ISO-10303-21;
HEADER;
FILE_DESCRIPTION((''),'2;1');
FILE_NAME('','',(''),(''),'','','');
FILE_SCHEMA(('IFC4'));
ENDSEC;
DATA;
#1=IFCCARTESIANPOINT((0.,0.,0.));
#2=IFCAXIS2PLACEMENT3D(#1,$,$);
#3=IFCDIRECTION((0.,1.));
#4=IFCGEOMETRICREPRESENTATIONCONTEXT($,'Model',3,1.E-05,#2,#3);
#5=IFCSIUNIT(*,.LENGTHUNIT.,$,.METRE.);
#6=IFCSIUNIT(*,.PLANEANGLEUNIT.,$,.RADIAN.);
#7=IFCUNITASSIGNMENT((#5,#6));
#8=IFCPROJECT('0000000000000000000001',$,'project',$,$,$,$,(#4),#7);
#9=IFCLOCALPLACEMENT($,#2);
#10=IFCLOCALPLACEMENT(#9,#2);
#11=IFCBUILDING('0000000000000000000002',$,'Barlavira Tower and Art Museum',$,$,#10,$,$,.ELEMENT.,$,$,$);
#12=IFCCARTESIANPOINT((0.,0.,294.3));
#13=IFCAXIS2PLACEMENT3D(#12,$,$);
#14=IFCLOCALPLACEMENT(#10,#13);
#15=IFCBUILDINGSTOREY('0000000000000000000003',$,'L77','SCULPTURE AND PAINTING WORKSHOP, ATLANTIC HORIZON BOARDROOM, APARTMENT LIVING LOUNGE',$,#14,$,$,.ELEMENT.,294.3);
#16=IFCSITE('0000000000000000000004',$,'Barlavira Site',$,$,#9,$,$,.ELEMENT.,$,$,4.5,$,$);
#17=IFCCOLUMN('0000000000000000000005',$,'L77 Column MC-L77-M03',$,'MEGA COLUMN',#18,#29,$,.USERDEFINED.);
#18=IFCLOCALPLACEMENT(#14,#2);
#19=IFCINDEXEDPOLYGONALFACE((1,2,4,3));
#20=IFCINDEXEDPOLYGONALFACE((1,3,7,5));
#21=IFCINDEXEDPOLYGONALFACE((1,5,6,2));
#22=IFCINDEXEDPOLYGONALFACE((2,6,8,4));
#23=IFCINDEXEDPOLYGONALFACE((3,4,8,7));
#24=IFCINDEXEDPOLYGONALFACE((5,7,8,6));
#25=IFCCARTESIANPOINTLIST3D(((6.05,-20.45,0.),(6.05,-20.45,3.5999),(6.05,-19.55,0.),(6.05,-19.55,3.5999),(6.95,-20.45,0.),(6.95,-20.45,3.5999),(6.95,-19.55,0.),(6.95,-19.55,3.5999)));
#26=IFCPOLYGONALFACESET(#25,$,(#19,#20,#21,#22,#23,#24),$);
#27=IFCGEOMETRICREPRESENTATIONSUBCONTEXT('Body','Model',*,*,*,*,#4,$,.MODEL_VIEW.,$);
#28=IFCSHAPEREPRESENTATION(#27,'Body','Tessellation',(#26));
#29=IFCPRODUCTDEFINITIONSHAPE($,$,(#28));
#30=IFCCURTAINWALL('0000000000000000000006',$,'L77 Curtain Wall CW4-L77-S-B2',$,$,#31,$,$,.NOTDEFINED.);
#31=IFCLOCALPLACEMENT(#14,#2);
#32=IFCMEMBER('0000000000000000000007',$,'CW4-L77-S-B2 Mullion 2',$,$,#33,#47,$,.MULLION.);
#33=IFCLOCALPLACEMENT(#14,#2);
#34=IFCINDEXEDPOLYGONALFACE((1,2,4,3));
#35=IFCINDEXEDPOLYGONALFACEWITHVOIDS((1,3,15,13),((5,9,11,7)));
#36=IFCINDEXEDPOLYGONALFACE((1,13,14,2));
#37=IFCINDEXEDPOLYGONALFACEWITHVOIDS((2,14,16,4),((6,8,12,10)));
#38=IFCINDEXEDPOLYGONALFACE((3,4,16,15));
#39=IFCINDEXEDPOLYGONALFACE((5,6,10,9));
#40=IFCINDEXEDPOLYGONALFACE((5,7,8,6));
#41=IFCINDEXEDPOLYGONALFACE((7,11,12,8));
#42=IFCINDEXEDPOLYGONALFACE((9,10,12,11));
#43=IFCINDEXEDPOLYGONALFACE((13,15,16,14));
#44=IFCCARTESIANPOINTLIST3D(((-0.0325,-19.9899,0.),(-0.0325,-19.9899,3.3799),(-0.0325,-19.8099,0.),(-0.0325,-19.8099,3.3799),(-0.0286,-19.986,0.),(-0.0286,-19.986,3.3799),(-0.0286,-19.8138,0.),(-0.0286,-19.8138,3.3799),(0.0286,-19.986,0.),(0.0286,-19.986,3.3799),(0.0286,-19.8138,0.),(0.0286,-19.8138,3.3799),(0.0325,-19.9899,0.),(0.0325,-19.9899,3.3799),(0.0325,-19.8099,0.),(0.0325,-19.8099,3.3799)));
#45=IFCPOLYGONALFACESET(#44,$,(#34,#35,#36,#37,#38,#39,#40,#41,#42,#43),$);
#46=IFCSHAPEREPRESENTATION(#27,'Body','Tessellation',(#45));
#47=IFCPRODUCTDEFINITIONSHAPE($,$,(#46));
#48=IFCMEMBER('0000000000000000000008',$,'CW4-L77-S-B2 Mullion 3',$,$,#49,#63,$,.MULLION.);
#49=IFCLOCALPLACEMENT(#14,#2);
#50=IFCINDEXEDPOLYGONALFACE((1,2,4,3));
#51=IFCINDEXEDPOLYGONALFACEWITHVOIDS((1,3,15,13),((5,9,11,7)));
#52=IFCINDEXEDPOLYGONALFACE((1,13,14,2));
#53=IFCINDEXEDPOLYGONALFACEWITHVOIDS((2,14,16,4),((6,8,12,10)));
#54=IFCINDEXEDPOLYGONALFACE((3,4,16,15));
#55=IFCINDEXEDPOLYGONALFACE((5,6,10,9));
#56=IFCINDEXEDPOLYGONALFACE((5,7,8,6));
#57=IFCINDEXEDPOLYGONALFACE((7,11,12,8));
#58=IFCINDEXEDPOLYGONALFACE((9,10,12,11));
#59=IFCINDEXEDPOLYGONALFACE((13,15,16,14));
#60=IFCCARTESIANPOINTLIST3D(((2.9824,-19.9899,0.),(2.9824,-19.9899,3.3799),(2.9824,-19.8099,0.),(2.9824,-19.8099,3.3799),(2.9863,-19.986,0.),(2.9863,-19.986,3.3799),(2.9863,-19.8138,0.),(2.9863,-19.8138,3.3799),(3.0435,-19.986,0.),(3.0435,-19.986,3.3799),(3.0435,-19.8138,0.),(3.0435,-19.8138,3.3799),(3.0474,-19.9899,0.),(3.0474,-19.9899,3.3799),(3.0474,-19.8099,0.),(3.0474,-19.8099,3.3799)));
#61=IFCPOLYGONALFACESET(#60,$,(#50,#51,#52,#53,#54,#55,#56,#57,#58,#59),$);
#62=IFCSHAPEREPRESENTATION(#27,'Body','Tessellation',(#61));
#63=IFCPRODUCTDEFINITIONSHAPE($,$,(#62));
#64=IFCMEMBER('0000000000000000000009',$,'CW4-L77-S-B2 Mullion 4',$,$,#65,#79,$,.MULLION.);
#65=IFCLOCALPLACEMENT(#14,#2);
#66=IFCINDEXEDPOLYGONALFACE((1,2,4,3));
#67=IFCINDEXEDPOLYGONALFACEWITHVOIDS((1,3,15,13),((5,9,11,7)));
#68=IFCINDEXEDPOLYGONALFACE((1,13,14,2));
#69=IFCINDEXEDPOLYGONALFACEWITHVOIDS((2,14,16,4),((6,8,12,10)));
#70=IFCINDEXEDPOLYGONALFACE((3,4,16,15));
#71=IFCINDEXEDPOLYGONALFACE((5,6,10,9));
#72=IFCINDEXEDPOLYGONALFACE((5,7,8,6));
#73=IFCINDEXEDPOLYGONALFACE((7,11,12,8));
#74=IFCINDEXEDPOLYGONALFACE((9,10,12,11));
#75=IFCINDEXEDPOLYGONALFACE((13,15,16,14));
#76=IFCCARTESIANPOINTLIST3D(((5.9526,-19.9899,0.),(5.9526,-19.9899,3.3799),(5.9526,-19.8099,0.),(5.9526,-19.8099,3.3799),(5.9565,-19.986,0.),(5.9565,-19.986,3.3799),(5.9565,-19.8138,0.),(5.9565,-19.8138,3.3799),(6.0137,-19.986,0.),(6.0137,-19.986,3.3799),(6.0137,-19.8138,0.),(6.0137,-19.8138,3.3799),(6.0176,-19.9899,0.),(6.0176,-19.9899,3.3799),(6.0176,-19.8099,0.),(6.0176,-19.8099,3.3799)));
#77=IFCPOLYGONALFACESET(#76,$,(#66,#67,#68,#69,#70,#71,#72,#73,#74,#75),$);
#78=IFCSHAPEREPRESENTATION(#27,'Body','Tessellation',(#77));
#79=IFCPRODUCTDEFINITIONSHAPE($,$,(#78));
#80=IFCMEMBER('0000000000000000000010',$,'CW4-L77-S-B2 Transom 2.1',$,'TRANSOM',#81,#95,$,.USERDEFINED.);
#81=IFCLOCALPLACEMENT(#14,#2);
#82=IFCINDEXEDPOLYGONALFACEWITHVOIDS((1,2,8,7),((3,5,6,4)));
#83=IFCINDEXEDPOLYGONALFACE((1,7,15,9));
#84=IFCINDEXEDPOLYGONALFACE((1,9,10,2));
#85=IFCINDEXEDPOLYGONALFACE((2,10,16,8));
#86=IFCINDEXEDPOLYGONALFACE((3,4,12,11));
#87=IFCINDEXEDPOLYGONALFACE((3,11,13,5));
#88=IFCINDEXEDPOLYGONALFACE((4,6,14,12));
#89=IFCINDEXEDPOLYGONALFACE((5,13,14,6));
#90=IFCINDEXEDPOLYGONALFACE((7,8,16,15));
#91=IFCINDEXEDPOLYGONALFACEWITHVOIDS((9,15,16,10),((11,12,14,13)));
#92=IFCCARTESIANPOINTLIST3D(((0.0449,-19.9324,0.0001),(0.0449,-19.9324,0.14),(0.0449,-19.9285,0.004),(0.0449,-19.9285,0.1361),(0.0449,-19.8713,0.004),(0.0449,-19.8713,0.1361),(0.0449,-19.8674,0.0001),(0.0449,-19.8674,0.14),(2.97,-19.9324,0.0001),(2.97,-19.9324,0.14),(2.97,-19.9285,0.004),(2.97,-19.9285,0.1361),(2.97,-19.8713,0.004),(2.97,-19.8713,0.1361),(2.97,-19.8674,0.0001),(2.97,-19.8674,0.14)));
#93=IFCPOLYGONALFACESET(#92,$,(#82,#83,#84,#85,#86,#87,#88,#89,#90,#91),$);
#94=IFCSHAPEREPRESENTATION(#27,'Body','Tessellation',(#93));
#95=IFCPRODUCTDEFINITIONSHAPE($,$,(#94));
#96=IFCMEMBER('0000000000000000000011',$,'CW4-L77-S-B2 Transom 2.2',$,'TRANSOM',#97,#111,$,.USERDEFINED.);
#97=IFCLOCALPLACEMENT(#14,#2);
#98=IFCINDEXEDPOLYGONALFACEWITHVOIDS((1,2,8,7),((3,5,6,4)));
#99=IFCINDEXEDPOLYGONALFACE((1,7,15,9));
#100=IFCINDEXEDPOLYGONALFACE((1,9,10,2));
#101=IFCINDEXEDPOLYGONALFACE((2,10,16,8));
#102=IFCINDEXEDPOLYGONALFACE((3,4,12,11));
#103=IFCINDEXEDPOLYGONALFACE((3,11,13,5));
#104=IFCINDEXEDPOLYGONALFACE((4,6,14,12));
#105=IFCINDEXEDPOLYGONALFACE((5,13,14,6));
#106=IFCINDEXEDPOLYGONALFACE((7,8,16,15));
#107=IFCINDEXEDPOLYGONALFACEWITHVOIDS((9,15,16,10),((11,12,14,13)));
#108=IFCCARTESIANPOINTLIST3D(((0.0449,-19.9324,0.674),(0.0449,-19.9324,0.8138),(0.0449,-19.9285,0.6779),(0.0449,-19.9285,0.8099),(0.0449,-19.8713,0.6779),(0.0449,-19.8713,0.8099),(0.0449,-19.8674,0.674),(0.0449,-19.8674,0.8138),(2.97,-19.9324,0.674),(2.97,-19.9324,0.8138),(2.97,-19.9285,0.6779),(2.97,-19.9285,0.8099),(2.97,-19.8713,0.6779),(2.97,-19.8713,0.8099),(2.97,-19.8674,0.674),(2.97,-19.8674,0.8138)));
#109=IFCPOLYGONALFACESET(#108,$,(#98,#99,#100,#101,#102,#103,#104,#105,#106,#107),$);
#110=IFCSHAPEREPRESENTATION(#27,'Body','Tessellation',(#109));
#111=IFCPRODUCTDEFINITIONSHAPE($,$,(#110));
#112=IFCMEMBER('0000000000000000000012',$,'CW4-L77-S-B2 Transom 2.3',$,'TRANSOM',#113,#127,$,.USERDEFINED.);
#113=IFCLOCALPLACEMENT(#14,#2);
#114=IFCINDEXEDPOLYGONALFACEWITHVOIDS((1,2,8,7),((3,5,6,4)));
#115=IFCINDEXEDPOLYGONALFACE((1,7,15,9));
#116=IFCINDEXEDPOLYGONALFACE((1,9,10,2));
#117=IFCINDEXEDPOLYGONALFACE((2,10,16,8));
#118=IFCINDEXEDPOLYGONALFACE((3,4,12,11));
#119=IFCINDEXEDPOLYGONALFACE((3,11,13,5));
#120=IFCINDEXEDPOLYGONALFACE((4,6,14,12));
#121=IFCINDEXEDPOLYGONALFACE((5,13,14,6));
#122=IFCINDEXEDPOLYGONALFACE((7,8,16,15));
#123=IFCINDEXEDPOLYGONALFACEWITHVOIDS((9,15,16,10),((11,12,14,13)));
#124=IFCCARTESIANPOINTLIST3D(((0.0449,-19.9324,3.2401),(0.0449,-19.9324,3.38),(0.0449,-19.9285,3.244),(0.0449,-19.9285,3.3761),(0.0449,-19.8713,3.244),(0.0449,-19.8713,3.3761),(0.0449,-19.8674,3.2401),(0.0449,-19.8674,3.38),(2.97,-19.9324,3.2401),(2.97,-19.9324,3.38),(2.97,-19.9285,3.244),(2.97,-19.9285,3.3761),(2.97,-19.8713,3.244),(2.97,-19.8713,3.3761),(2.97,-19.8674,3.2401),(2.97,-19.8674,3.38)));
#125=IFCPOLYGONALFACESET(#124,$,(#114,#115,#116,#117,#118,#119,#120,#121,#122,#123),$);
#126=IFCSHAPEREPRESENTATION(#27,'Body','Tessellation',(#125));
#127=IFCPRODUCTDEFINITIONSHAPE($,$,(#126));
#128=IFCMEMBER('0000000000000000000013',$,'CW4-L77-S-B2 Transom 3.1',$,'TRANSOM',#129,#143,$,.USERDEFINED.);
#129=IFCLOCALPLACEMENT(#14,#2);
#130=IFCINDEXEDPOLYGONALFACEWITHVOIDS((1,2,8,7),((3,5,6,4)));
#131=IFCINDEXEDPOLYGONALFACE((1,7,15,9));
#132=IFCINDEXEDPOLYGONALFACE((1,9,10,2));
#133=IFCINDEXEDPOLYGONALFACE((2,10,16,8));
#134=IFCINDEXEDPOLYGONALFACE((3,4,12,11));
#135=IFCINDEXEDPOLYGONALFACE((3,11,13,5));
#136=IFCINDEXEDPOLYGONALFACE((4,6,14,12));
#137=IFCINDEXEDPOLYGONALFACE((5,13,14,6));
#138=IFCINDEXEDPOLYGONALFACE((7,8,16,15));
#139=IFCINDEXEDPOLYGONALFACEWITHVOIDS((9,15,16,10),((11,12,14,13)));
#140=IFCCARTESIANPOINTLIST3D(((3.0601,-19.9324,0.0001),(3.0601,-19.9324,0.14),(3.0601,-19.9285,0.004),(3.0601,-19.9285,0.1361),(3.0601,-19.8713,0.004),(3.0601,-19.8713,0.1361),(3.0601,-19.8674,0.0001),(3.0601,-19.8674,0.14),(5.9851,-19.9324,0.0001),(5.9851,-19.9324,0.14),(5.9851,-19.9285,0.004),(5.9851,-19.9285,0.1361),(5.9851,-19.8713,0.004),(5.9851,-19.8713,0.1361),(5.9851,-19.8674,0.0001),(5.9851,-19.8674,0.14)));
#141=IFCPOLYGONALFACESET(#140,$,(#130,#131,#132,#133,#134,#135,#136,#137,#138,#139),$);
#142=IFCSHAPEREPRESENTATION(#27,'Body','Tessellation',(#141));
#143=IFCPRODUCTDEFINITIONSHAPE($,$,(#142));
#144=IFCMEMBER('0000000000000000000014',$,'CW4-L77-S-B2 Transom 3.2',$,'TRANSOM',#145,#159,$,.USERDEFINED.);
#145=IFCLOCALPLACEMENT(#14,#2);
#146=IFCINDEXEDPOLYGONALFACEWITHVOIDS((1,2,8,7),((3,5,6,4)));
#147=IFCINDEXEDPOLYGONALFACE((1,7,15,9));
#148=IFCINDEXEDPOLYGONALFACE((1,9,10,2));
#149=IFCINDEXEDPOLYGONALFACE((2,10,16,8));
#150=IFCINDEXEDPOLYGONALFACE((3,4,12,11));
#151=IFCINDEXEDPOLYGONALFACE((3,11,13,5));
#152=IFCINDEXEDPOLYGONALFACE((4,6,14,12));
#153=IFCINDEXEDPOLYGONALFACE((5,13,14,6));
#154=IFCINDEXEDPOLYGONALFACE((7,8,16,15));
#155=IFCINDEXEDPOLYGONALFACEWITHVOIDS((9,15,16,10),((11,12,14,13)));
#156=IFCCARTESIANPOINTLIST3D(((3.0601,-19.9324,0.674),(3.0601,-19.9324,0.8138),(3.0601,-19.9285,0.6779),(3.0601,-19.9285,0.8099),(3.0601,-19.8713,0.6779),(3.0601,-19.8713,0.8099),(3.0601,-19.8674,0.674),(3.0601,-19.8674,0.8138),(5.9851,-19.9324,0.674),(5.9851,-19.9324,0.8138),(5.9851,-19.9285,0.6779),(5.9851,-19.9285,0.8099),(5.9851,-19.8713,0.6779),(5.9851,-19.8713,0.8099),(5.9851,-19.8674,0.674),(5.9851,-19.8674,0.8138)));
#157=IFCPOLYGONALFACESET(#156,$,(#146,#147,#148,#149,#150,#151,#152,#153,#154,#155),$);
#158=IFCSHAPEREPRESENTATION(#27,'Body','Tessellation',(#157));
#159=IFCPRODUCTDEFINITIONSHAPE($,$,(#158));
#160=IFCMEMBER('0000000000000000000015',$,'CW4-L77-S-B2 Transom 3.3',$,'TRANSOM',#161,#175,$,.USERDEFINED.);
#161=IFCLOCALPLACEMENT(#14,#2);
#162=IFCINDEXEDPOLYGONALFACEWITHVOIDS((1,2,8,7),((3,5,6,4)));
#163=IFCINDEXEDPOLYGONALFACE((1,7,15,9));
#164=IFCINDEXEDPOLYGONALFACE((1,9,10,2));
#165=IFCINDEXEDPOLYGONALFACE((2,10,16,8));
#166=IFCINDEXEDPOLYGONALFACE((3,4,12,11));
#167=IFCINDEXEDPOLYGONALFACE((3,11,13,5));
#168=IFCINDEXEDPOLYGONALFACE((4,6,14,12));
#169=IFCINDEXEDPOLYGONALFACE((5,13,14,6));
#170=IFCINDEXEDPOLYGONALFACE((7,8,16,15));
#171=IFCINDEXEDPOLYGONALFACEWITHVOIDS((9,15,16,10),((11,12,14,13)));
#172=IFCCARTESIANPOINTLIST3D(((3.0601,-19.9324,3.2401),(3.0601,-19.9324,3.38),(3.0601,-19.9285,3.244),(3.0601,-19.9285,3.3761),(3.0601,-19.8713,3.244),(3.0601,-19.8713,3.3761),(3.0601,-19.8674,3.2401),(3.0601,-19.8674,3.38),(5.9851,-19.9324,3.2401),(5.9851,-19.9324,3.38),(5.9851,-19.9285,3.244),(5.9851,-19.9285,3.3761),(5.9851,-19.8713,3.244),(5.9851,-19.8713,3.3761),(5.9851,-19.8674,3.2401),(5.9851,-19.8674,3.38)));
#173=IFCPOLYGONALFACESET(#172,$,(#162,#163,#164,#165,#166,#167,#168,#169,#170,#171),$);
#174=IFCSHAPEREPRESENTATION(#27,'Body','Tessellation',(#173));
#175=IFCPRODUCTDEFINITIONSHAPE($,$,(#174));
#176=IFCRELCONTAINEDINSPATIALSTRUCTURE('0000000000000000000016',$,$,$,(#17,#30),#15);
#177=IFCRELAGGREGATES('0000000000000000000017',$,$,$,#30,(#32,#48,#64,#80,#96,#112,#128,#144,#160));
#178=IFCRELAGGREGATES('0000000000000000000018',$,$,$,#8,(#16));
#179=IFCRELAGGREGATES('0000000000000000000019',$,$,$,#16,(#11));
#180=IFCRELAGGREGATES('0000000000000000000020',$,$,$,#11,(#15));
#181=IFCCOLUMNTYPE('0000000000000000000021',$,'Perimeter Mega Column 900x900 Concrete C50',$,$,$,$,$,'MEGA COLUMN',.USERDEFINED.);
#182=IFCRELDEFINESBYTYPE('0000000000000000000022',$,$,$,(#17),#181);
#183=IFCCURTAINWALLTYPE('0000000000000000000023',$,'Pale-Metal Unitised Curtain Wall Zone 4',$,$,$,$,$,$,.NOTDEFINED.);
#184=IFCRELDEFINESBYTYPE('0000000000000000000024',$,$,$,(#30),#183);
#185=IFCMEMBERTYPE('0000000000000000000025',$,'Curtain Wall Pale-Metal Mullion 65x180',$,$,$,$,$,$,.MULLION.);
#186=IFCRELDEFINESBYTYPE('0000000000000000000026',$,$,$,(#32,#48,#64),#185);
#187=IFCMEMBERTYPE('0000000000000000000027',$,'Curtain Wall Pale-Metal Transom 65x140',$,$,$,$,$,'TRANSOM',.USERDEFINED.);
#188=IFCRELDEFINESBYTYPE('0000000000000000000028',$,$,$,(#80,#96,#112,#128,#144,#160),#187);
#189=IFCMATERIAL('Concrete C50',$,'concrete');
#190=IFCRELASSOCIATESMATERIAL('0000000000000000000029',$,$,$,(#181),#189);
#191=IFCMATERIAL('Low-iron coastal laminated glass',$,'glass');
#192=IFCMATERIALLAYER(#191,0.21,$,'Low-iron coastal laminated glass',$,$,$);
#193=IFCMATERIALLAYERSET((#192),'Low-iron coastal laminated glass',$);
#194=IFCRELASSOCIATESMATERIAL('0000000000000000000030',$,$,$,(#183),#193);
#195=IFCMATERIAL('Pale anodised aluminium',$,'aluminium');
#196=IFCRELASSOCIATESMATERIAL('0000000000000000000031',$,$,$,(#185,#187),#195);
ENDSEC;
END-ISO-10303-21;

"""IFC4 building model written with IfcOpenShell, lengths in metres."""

from ifc_helpers import new_model, si_unit, direction, frame, origin, origin_2d, place, context, subcontext, project, spatial, rectangle, hollow_rectangle, extrude, material, layer, layer_set, material_profile, profile_set, type_object, element, aggregate, save


model = new_model("IFC4")

# Units and contexts
model_context = context("Model", 3, precision=1e-05, world=origin(), true_north=direction((0.0, 1.0)))
body_context = subcontext(model_context, "Body", "Model", "MODEL_VIEW")
ifc_project = project(units=[si_unit("LENGTHUNIT", "METRE"), si_unit("PLANEANGLEUNIT", "RADIAN")], contexts=[model_context])

# Site, building, storey
site_placement = place(None, origin())
site = spatial("IfcSite", under=ifc_project, at=site_placement, Name="Barlavira Site", CompositionType="ELEMENT", RefElevation=4.5)
building_placement = place(site_placement, origin())
building = spatial("IfcBuilding", under=site, at=building_placement, Name="Barlavira Tower and Art Museum", CompositionType="ELEMENT")
storey_placement = place(building_placement, frame((0.0, 0.0, 294.3)))
storey = spatial("IfcBuildingStorey", under=building, at=storey_placement, Name="L77", Description="SCULPTURE AND PAINTING WORKSHOP, ATLANTIC HORIZON BOARDROOM, APARTMENT LIVING LOUNGE", CompositionType="ELEMENT", Elevation=294.3)

# Column
ifc_material_1 = material(Name="Concrete C50", Category="concrete")
ifc_material_profile_1 = material_profile(ifc_material_1, rectangle(XDim=0.8999, YDim=0.8999, at=origin_2d()), Name="RC-COL 900x900")
ifc_profile_set_1 = profile_set([ifc_material_profile_1], Name="Concrete C50")
column_type = type_object("IfcColumnType", Name="Perimeter Mega Column 900x900 Concrete C50", ElementType="MEGA COLUMN", PredefinedType="USERDEFINED", material=ifc_profile_set_1)
column_placement = place(storey_placement, frame((6.5, -20.0, 0.0), z_axis=(0.0, 0.0, 1.0), x_axis=(1.0, 0.0, 0.0)))
element("IfcColumn", 1, at=column_placement, inside=storey, type_object=column_type, Name="L77 Column MC-L77-M03", ObjectType="MEGA COLUMN", PredefinedType="USERDEFINED", context=body_context, shape_type="SweptSolid", body=[
    extrude(rectangle(XDim=0.8999, YDim=0.8999, at=origin_2d()), origin(), (0.0, 0.0, 1.0), 3.5999),
])

# Curtain wall, members
ifc_material_2 = material(Name="Low-iron coastal laminated glass", Category="glass")
ifc_layer_1 = layer(ifc_material_2, 0.21, Name="Low-iron coastal laminated glass")
ifc_layer_set_1 = layer_set([ifc_layer_1], Name="Low-iron coastal laminated glass")
curtain_wall_type = type_object("IfcCurtainWallType", Name="Pale-Metal Unitised Curtain Wall Zone 4", PredefinedType="NOTDEFINED", material=ifc_layer_set_1)
curtain_wall_placement = place(storey_placement, origin())
curtain_wall = element("IfcCurtainWall", 2, at=curtain_wall_placement, inside=storey, type_object=curtain_wall_type, Name="L77 Curtain Wall CW4-L77-S-B2", PredefinedType="NOTDEFINED")
ifc_material_3 = material(Name="Pale anodised aluminium", Category="aluminium")
ifc_material_profile_2 = material_profile(ifc_material_3, hollow_rectangle(XDim=0.0649, YDim=0.1799, WallThickness=0.0039, at=origin_2d()), Name="ALU-MULL 65x180x4")
ifc_profile_set_2 = profile_set([ifc_material_profile_2], Name="Pale anodised aluminium")
member_type_1 = type_object("IfcMemberType", Name="Curtain Wall Pale-Metal Mullion 65x180", PredefinedType="MULLION", material=ifc_profile_set_2)
member_1_placement = place(storey_placement, frame((0.0, -19.8999, 0.0), z_axis=(0.0, 0.0, 1.0), x_axis=(1.0, 0.0, 0.0)))
member_1 = element("IfcMember", 3, at=member_1_placement, type_object=member_type_1, Name="CW4-L77-S-B2 Mullion 2", PredefinedType="MULLION", context=body_context, shape_type="SweptSolid", body=[
    extrude(hollow_rectangle(XDim=0.0649, YDim=0.1799, WallThickness=0.0039, at=origin_2d()), origin(), (0.0, 0.0, 1.0), 3.3799),
])
member_2_placement = place(storey_placement, frame((3.0149, -19.8999, 0.0), z_axis=(0.0, 0.0, 1.0), x_axis=(1.0, 0.0, 0.0)))
member_2 = element("IfcMember", 4, at=member_2_placement, type_object=member_type_1, Name="CW4-L77-S-B2 Mullion 3", PredefinedType="MULLION", context=body_context, shape_type="SweptSolid", body=[
    extrude(hollow_rectangle(XDim=0.0649, YDim=0.1799, WallThickness=0.0039, at=origin_2d()), origin(), (0.0, 0.0, 1.0), 3.3799),
])
member_3_placement = place(storey_placement, frame((5.9851, -19.8999, 0.0), z_axis=(0.0, 0.0, 1.0), x_axis=(1.0, 0.0, 0.0)))
member_3 = element("IfcMember", 5, at=member_3_placement, type_object=member_type_1, Name="CW4-L77-S-B2 Mullion 4", PredefinedType="MULLION", context=body_context, shape_type="SweptSolid", body=[
    extrude(hollow_rectangle(XDim=0.0649, YDim=0.1799, WallThickness=0.0039, at=origin_2d()), origin(), (0.0, 0.0, 1.0), 3.3799),
])
ifc_material_profile_3 = material_profile(ifc_material_3, hollow_rectangle(XDim=0.0649, YDim=0.1399, WallThickness=0.0039, at=origin_2d()), Name="ALU-TRAN 65x140x4")
ifc_profile_set_3 = profile_set([ifc_material_profile_3], Name="Pale anodised aluminium")
member_type_2 = type_object("IfcMemberType", Name="Curtain Wall Pale-Metal Transom 65x140", ElementType="TRANSOM", PredefinedType="USERDEFINED", material=ifc_profile_set_3)
member_4_placement = place(storey_placement, frame((0.0449, -19.8999, 0.0701), z_axis=(1.0, 0.0, 0.0), x_axis=(0.0, 1.0, 0.0)))
member_4 = element("IfcMember", 6, at=member_4_placement, type_object=member_type_2, Name="CW4-L77-S-B2 Transom 2.1", ObjectType="TRANSOM", PredefinedType="USERDEFINED", context=body_context, shape_type="SweptSolid", body=[
    extrude(hollow_rectangle(XDim=0.0649, YDim=0.1399, WallThickness=0.0039, at=origin_2d()), origin(), (0.0, 0.0, 1.0), 2.925),
])
member_5_placement = place(storey_placement, frame((0.0449, -19.8999, 0.7439), z_axis=(1.0, 0.0, 0.0), x_axis=(0.0, 1.0, 0.0)))
member_5 = element("IfcMember", 7, at=member_5_placement, type_object=member_type_2, Name="CW4-L77-S-B2 Transom 2.2", ObjectType="TRANSOM", PredefinedType="USERDEFINED", context=body_context, shape_type="SweptSolid", body=[
    extrude(hollow_rectangle(XDim=0.0649, YDim=0.1399, WallThickness=0.0039, at=origin_2d()), origin(), (0.0, 0.0, 1.0), 2.925),
])
member_6_placement = place(storey_placement, frame((0.0449, -19.8999, 3.3101), z_axis=(1.0, 0.0, 0.0), x_axis=(0.0, 1.0, 0.0)))
member_6 = element("IfcMember", 8, at=member_6_placement, type_object=member_type_2, Name="CW4-L77-S-B2 Transom 2.3", ObjectType="TRANSOM", PredefinedType="USERDEFINED", context=body_context, shape_type="SweptSolid", body=[
    extrude(hollow_rectangle(XDim=0.0649, YDim=0.1399, WallThickness=0.0039, at=origin_2d()), origin(), (0.0, 0.0, 1.0), 2.925),
])
member_7_placement = place(storey_placement, frame((3.0601, -19.8999, 0.0701), z_axis=(1.0, 0.0, 0.0), x_axis=(0.0, 1.0, 0.0)))
member_7 = element("IfcMember", 9, at=member_7_placement, type_object=member_type_2, Name="CW4-L77-S-B2 Transom 3.1", ObjectType="TRANSOM", PredefinedType="USERDEFINED", context=body_context, shape_type="SweptSolid", body=[
    extrude(hollow_rectangle(XDim=0.0649, YDim=0.1399, WallThickness=0.0039, at=origin_2d()), origin(), (0.0, 0.0, 1.0), 2.925),
])
member_8_placement = place(storey_placement, frame((3.0601, -19.8999, 0.7439), z_axis=(1.0, 0.0, 0.0), x_axis=(0.0, 1.0, 0.0)))
member_8 = element("IfcMember", 10, at=member_8_placement, type_object=member_type_2, Name="CW4-L77-S-B2 Transom 3.2", ObjectType="TRANSOM", PredefinedType="USERDEFINED", context=body_context, shape_type="SweptSolid", body=[
    extrude(hollow_rectangle(XDim=0.0649, YDim=0.1399, WallThickness=0.0039, at=origin_2d()), origin(), (0.0, 0.0, 1.0), 2.925),
])
member_9_placement = place(storey_placement, frame((3.0601, -19.8999, 3.3101), z_axis=(1.0, 0.0, 0.0), x_axis=(0.0, 1.0, 0.0)))
member_9 = element("IfcMember", 11, at=member_9_placement, type_object=member_type_2, Name="CW4-L77-S-B2 Transom 3.3", ObjectType="TRANSOM", PredefinedType="USERDEFINED", context=body_context, shape_type="SweptSolid", body=[
    extrude(hollow_rectangle(XDim=0.0649, YDim=0.1399, WallThickness=0.0039, at=origin_2d()), origin(), (0.0, 0.0, 1.0), 2.925),
])

aggregate(curtain_wall, [member_1, member_2, member_3, member_4, member_5, member_6, member_7, member_8, member_9])

save(model, "model.ifc")
